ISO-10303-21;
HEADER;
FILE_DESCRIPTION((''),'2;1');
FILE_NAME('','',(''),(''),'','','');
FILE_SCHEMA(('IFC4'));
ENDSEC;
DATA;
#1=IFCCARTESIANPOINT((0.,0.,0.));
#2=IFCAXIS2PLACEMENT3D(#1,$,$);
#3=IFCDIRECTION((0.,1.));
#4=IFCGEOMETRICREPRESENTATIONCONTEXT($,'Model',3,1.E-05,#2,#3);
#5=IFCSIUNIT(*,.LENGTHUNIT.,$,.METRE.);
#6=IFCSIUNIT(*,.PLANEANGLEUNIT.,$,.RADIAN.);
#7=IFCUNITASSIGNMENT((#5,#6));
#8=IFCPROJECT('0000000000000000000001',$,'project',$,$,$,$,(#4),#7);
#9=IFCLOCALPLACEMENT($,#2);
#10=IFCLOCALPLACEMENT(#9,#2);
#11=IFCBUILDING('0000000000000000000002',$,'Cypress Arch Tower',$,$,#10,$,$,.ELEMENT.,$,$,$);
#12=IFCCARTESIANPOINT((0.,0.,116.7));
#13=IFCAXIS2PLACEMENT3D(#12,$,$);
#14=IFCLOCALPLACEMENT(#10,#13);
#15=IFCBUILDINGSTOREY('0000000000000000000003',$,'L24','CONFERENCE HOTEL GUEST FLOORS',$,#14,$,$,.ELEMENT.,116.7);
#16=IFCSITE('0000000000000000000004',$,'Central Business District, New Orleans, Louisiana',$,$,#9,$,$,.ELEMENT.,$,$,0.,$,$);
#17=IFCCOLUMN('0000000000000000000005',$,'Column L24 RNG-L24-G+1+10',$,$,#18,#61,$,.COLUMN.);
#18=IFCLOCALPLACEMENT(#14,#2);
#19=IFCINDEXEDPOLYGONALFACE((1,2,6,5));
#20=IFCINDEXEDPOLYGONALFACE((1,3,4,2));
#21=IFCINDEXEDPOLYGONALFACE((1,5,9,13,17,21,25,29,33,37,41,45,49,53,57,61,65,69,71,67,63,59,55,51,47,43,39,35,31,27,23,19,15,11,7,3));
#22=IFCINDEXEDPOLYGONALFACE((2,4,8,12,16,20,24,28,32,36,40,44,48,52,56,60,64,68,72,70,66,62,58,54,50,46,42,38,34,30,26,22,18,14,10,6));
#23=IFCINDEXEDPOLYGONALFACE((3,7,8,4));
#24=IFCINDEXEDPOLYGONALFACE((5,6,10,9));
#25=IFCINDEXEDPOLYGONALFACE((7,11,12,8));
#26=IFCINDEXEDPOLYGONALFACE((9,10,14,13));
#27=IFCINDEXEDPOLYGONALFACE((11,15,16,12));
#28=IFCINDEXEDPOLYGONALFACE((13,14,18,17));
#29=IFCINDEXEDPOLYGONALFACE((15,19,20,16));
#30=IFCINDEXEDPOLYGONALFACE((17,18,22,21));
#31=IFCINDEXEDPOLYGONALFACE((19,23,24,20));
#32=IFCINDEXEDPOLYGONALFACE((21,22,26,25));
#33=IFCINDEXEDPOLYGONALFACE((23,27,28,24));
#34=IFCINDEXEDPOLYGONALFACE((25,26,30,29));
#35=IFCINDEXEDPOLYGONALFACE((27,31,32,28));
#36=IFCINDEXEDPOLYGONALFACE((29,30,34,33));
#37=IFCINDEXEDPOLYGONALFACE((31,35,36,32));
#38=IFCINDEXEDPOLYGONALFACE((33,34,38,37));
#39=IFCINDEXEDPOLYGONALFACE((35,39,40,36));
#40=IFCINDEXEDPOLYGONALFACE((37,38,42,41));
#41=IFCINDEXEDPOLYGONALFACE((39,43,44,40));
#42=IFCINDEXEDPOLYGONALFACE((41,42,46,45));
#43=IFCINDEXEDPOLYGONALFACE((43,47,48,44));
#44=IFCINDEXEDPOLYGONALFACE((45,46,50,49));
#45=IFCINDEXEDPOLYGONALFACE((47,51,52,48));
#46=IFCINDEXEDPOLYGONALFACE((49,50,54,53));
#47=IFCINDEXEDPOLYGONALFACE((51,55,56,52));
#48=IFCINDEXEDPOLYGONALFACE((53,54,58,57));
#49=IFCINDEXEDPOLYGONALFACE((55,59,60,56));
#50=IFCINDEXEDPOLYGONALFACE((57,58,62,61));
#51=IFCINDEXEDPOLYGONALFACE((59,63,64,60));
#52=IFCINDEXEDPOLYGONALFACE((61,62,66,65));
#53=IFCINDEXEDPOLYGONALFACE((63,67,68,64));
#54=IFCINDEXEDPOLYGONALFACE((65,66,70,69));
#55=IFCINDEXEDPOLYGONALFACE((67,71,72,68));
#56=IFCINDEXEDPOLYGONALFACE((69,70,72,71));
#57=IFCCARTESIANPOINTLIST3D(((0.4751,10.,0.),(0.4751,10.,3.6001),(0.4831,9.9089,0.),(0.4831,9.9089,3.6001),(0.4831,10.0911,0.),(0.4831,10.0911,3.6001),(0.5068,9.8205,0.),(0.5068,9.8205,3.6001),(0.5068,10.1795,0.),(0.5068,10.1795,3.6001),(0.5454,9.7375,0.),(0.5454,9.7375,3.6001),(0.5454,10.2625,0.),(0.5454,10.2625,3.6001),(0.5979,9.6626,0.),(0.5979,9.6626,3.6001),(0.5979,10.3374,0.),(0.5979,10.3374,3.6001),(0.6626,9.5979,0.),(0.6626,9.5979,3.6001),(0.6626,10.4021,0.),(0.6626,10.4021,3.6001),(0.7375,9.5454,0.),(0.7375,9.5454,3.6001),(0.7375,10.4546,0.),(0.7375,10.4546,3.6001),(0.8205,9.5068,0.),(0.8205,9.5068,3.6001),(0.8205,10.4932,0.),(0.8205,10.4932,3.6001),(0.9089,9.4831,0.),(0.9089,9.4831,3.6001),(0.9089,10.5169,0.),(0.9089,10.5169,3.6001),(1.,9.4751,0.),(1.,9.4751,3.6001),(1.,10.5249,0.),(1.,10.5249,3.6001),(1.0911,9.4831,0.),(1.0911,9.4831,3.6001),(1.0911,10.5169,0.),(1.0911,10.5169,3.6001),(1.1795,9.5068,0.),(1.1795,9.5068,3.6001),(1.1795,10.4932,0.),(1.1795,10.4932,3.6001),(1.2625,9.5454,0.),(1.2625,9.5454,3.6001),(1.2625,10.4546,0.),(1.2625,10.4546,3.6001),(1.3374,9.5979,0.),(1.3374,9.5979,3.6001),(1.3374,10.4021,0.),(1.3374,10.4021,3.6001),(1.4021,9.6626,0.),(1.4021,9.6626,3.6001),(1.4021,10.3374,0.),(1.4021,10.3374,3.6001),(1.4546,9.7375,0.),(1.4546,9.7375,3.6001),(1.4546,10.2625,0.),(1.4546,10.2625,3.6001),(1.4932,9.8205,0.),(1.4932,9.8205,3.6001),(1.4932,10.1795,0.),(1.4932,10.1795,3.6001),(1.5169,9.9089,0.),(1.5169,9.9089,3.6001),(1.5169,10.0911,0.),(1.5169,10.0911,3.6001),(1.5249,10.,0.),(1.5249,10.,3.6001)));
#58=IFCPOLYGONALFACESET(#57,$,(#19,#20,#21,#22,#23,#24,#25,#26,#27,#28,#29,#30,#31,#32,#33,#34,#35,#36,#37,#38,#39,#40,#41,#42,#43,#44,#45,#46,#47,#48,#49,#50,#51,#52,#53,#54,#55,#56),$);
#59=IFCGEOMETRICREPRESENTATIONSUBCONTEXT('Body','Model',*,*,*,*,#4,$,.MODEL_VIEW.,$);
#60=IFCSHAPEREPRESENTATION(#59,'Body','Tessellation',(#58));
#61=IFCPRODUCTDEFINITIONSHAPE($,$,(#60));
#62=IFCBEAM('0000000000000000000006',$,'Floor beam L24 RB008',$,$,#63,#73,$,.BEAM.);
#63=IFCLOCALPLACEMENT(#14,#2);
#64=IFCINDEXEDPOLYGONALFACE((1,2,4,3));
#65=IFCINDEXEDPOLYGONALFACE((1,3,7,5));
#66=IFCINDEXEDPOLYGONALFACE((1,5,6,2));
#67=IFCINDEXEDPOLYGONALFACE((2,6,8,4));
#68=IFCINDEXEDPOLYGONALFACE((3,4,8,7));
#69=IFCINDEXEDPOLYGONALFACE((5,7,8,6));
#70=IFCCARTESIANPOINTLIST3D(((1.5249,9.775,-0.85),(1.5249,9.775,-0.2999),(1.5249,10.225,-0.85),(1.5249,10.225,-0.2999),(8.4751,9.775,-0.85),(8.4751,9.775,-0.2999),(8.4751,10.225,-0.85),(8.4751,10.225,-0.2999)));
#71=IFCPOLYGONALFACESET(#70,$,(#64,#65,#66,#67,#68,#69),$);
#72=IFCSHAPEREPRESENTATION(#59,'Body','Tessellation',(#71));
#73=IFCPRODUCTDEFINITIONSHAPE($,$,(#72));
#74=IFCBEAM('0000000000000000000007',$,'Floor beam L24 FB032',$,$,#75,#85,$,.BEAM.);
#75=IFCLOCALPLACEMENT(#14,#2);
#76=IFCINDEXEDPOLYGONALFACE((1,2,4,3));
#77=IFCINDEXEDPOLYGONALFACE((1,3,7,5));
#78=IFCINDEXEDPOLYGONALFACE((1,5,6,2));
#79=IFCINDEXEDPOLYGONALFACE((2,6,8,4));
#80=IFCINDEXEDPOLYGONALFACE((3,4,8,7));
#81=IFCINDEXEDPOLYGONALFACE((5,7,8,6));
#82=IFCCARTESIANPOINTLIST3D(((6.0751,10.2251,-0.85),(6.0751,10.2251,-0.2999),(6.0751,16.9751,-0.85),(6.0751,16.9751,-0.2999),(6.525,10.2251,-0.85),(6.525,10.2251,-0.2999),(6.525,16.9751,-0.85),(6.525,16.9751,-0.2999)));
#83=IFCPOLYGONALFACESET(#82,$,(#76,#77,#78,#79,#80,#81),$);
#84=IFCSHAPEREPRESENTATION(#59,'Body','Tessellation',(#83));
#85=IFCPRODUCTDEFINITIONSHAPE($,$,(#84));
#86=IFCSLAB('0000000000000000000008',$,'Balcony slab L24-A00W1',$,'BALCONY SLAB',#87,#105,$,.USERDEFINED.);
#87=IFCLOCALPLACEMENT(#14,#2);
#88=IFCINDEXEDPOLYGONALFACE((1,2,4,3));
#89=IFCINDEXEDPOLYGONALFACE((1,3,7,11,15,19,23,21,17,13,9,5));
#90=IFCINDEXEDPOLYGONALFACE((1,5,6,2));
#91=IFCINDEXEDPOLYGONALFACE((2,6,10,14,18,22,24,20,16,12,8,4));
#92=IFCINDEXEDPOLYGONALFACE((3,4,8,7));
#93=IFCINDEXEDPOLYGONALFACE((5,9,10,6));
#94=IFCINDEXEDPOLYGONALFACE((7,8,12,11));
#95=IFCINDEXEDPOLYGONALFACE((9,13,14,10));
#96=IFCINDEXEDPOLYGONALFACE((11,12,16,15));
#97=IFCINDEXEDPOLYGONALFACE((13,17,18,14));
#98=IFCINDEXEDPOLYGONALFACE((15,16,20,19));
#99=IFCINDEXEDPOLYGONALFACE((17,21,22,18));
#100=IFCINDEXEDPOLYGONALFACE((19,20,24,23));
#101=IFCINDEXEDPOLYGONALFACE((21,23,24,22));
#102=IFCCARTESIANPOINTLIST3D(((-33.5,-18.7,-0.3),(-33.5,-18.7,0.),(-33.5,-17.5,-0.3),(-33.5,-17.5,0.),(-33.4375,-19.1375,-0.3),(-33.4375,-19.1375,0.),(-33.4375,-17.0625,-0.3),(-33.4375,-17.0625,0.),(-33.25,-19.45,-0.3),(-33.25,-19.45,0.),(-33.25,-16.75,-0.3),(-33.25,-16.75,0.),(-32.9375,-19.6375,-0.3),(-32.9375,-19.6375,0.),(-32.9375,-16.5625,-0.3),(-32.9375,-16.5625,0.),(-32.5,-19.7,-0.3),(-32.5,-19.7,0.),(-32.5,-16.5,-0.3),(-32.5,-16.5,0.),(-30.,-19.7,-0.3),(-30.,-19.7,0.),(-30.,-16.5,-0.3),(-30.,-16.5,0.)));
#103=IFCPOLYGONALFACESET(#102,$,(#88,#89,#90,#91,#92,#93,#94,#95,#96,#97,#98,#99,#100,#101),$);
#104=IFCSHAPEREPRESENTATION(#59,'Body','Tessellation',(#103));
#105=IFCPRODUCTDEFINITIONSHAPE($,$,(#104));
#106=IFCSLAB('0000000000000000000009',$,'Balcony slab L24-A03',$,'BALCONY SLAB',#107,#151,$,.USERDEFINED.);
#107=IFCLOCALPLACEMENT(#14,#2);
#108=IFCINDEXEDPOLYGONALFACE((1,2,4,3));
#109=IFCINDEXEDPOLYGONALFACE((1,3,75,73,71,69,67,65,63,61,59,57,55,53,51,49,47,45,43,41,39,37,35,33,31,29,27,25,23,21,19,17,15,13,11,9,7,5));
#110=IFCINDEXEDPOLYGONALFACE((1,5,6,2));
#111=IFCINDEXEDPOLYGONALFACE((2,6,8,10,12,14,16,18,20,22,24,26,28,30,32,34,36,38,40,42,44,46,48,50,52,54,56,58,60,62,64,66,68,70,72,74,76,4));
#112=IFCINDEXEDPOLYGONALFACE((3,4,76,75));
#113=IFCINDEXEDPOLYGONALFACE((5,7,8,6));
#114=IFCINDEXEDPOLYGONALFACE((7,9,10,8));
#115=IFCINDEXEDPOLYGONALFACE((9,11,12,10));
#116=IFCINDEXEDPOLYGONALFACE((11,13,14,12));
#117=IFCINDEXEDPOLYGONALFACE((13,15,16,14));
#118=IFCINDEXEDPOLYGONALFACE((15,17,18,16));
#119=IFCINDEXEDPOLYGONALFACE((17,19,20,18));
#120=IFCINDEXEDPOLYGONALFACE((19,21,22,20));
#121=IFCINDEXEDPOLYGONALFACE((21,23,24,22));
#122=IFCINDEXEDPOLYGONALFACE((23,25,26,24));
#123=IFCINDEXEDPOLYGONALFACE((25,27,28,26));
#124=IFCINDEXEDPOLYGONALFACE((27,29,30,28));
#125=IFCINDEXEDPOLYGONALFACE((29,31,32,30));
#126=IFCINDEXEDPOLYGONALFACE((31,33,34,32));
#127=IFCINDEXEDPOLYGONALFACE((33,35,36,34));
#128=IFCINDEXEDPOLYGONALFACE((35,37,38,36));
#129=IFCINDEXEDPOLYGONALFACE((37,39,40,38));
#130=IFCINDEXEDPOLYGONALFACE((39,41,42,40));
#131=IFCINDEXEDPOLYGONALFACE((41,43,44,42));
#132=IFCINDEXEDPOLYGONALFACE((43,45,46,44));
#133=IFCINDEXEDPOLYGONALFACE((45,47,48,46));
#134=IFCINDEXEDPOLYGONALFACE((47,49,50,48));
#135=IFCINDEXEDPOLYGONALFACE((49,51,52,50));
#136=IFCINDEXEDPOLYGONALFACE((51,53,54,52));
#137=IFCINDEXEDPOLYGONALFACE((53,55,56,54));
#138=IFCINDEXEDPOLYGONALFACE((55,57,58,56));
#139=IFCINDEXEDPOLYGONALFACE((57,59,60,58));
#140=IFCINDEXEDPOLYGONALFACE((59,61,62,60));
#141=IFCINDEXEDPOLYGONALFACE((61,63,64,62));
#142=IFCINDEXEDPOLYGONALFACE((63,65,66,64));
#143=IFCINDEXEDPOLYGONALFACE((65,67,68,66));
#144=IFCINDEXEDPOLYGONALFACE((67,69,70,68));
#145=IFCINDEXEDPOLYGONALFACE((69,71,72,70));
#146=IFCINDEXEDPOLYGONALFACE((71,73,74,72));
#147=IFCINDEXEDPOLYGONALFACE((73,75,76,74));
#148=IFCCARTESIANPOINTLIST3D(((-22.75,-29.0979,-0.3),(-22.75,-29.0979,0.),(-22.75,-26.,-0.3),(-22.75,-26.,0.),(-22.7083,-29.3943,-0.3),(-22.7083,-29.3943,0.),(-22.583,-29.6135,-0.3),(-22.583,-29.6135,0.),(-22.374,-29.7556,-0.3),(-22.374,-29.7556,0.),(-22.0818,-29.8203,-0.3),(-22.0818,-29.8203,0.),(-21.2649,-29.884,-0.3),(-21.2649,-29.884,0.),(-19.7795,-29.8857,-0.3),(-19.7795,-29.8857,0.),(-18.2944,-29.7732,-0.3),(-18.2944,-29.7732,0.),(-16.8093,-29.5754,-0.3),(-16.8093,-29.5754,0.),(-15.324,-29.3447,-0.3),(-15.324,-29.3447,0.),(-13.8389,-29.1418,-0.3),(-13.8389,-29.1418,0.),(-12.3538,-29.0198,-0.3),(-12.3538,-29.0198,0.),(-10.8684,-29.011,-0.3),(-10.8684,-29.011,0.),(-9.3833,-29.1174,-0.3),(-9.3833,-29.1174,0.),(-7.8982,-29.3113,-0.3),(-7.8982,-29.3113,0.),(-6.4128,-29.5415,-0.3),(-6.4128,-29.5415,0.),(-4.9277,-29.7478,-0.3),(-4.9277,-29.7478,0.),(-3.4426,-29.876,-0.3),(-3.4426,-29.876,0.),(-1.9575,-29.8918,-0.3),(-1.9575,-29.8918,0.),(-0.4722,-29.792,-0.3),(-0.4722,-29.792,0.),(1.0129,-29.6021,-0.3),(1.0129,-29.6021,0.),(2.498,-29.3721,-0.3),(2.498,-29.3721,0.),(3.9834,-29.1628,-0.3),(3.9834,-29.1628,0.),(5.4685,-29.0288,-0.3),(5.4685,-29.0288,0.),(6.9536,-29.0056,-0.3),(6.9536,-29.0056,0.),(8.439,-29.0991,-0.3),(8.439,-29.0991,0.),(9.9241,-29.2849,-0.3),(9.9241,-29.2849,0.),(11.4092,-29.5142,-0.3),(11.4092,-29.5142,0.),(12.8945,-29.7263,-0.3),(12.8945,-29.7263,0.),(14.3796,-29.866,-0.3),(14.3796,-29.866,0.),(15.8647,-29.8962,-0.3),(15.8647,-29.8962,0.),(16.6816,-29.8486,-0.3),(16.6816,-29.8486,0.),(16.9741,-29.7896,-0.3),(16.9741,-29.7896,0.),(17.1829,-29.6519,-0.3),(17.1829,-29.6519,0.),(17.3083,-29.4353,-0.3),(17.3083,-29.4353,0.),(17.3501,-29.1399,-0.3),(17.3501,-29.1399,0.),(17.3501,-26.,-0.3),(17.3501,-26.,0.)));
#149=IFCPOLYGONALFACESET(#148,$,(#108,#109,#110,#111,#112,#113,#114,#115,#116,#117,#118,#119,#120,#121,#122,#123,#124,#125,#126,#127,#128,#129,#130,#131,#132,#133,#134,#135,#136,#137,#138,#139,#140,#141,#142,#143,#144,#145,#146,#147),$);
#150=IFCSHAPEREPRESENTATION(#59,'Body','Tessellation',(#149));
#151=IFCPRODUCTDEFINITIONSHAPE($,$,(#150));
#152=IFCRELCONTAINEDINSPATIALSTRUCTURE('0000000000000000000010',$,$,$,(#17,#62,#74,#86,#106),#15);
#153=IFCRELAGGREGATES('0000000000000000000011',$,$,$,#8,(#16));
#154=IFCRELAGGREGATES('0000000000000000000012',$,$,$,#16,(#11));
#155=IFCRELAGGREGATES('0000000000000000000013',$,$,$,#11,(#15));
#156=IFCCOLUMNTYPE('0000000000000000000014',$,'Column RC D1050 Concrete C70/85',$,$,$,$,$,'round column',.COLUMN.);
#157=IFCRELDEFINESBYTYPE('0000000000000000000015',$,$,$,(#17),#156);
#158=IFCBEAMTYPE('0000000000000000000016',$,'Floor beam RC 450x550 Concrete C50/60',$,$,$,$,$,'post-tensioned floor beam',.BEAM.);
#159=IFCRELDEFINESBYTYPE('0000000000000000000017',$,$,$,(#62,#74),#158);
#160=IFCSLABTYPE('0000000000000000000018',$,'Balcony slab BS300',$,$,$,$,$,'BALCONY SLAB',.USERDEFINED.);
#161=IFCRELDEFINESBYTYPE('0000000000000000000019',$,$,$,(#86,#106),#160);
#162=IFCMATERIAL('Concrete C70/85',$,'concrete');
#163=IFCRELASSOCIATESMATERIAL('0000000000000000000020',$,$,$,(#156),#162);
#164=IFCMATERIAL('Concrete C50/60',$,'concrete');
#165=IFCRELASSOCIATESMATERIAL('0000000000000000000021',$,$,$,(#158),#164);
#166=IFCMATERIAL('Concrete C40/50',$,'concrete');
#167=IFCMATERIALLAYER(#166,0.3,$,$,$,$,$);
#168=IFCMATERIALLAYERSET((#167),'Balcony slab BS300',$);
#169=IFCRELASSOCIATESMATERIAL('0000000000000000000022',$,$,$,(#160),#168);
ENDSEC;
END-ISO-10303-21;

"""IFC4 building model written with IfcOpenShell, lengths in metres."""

from ifc_helpers import new_model, si_unit, direction, frame, origin, origin_2d, place, context, subcontext, project, spatial, polyline, rectangle, circle, outline, extrude, material, layer, layer_set, material_profile, profile_set, type_object, element, save


model = new_model("IFC4")

# Units and contexts
model_context = context("Model", 3, precision=1e-05, world=origin(), true_north=direction((0.0, 1.0)))
body_context = subcontext(model_context, "Body", "Model", "MODEL_VIEW")
ifc_project = project(units=[si_unit("LENGTHUNIT", "METRE"), si_unit("PLANEANGLEUNIT", "RADIAN")], contexts=[model_context])

# Site, building, storey
site_placement = place(None, origin())
site = spatial("IfcSite", under=ifc_project, at=site_placement, Name="Central Business District, New Orleans, Louisiana", CompositionType="ELEMENT", RefElevation=0.0)
building_placement = place(site_placement, origin())
building = spatial("IfcBuilding", under=site, at=building_placement, Name="Cypress Arch Tower", CompositionType="ELEMENT")
storey_placement = place(building_placement, frame((0.0, 0.0, 116.7)))
storey = spatial("IfcBuildingStorey", under=building, at=storey_placement, Name="L24", Description="CONFERENCE HOTEL GUEST FLOORS", CompositionType="ELEMENT", Elevation=116.7)

# Column
ifc_material_1 = material(Name="Concrete C70/85", Category="concrete")
ifc_material_profile_1 = material_profile(ifc_material_1, circle(Radius=0.5249, at=origin_2d()), Name="RC D1050")
ifc_profile_set_1 = profile_set([ifc_material_profile_1], Name="Concrete C70/85")
column_type = type_object("IfcColumnType", Name="Column RC D1050 Concrete C70/85", ElementType="round column", PredefinedType="COLUMN", material=ifc_profile_set_1)
column_placement = place(storey_placement, frame((1.0, 10.0, 0.0), z_axis=(0.0, 0.0, 1.0), x_axis=(1.0, 0.0, 0.0)))
element("IfcColumn", 1, at=column_placement, inside=storey, type_object=column_type, Name="Column L24 RNG-L24-G+1+10", PredefinedType="COLUMN", context=body_context, shape_type="SweptSolid", body=[
    extrude(circle(Radius=0.5249, at=origin_2d()), origin(), (0.0, 0.0, 1.0), 3.6001),
])

# Beams
ifc_material_2 = material(Name="Concrete C50/60", Category="concrete")
ifc_material_profile_2 = material_profile(ifc_material_2, rectangle(XDim=0.45, YDim=0.55, at=origin_2d()), Name="RC 450x550")
ifc_profile_set_2 = profile_set([ifc_material_profile_2], Name="Concrete C50/60")
beam_type = type_object("IfcBeamType", Name="Floor beam RC 450x550 Concrete C50/60", ElementType="post-tensioned floor beam", PredefinedType="BEAM", material=ifc_profile_set_2)
beam_1_placement = place(storey_placement, frame((1.5249, 10.0, -0.575), z_axis=(1.0, 0.0, 0.0), x_axis=(0.0, 1.0, 0.0)))
element("IfcBeam", 2, at=beam_1_placement, inside=storey, type_object=beam_type, Name="Floor beam L24 RB008", PredefinedType="BEAM", context=body_context, shape_type="SweptSolid", body=[
    extrude(rectangle(XDim=0.45, YDim=0.55, at=origin_2d()), origin(), (0.0, 0.0, 1.0), 6.9502),
])
beam_2_placement = place(storey_placement, frame((6.3, 10.2251, -0.575), z_axis=(0.0, 1.0, 0.0), x_axis=(-1.0, 0.0, 0.0)))
element("IfcBeam", 3, at=beam_2_placement, inside=storey, type_object=beam_type, Name="Floor beam L24 FB032", PredefinedType="BEAM", context=body_context, shape_type="SweptSolid", body=[
    extrude(rectangle(XDim=0.45, YDim=0.55, at=origin_2d()), origin(), (0.0, 0.0, 1.0), 6.75),
])

# Slabs
ifc_material_3 = material(Name="Concrete C40/50", Category="concrete")
ifc_layer_1 = layer(ifc_material_3, 0.3)
ifc_layer_set_1 = layer_set([ifc_layer_1], Name="Balcony slab BS300")
slab_type_1 = type_object("IfcSlabType", Name="Balcony slab BS300", ElementType="BALCONY SLAB", PredefinedType="USERDEFINED", material=ifc_layer_set_1)
slab_1_placement = place(storey_placement, frame((0.0, 0.0, -0.3)))
element("IfcSlab", 4, at=slab_1_placement, inside=storey, type_object=slab_type_1, Name="Balcony slab L24-A00W1", ObjectType="BALCONY SLAB", PredefinedType="USERDEFINED", context=body_context, shape_type="SweptSolid", body=[
    extrude(outline(polyline([(-30.0, -16.5), (-32.5, -16.5), (-32.9375, -16.5625), (-33.25, -16.75), (-33.4375, -17.0625), (-33.5, -17.5), (-33.5, -18.7), (-33.4375, -19.1375), (-33.25, -19.45), (-32.9375, -19.6375), (-32.5, -19.7), (-30.0, -19.7), (-30.0, -16.5)])), origin(), (0.0, 0.0, 1.0), 0.3),
])
slab_2_placement = place(storey_placement, frame((0.0, 0.0, -0.3)))
element("IfcSlab", 5, at=slab_2_placement, inside=storey, type_object=slab_type_1, Name="Balcony slab L24-A03", ObjectType="BALCONY SLAB", PredefinedType="USERDEFINED", context=body_context, shape_type="SweptSolid", body=[
    extrude(outline(polyline([(-22.75, -26.0), (-22.75, -29.0979), (-22.7083, -29.3943), (-22.583, -29.6135), (-22.374, -29.7556), (-22.0818, -29.8203), (-21.2649, -29.884), (-19.7795, -29.8857), (-18.2944, -29.7732), (-16.8093, -29.5754), (-15.324, -29.3447), (-13.8389, -29.1418), (-12.3538, -29.0198), (-10.8684, -29.011), (-9.3833, -29.1174), (-7.8982, -29.3113), (-6.4128, -29.5415), (-4.9277, -29.7478), (-3.4426, -29.876), (-1.9575, -29.8918), (-0.4722, -29.792), (1.0129, -29.6021), (2.498, -29.3721), (3.9834, -29.1628), (5.4685, -29.0288), (6.9536, -29.0056), (8.439, -29.0991), (9.9241, -29.2849), (11.4092, -29.5142), (12.8945, -29.7263), (14.3796, -29.866), (15.8647, -29.8962), (16.6816, -29.8486), (16.9741, -29.7896), (17.1829, -29.6519), (17.3083, -29.4353), (17.3501, -29.1399), (17.3501, -26.0), (-22.75, -26.0)])), origin(), (0.0, 0.0, 1.0), 0.3),
])

save(model, "model.ifc")
